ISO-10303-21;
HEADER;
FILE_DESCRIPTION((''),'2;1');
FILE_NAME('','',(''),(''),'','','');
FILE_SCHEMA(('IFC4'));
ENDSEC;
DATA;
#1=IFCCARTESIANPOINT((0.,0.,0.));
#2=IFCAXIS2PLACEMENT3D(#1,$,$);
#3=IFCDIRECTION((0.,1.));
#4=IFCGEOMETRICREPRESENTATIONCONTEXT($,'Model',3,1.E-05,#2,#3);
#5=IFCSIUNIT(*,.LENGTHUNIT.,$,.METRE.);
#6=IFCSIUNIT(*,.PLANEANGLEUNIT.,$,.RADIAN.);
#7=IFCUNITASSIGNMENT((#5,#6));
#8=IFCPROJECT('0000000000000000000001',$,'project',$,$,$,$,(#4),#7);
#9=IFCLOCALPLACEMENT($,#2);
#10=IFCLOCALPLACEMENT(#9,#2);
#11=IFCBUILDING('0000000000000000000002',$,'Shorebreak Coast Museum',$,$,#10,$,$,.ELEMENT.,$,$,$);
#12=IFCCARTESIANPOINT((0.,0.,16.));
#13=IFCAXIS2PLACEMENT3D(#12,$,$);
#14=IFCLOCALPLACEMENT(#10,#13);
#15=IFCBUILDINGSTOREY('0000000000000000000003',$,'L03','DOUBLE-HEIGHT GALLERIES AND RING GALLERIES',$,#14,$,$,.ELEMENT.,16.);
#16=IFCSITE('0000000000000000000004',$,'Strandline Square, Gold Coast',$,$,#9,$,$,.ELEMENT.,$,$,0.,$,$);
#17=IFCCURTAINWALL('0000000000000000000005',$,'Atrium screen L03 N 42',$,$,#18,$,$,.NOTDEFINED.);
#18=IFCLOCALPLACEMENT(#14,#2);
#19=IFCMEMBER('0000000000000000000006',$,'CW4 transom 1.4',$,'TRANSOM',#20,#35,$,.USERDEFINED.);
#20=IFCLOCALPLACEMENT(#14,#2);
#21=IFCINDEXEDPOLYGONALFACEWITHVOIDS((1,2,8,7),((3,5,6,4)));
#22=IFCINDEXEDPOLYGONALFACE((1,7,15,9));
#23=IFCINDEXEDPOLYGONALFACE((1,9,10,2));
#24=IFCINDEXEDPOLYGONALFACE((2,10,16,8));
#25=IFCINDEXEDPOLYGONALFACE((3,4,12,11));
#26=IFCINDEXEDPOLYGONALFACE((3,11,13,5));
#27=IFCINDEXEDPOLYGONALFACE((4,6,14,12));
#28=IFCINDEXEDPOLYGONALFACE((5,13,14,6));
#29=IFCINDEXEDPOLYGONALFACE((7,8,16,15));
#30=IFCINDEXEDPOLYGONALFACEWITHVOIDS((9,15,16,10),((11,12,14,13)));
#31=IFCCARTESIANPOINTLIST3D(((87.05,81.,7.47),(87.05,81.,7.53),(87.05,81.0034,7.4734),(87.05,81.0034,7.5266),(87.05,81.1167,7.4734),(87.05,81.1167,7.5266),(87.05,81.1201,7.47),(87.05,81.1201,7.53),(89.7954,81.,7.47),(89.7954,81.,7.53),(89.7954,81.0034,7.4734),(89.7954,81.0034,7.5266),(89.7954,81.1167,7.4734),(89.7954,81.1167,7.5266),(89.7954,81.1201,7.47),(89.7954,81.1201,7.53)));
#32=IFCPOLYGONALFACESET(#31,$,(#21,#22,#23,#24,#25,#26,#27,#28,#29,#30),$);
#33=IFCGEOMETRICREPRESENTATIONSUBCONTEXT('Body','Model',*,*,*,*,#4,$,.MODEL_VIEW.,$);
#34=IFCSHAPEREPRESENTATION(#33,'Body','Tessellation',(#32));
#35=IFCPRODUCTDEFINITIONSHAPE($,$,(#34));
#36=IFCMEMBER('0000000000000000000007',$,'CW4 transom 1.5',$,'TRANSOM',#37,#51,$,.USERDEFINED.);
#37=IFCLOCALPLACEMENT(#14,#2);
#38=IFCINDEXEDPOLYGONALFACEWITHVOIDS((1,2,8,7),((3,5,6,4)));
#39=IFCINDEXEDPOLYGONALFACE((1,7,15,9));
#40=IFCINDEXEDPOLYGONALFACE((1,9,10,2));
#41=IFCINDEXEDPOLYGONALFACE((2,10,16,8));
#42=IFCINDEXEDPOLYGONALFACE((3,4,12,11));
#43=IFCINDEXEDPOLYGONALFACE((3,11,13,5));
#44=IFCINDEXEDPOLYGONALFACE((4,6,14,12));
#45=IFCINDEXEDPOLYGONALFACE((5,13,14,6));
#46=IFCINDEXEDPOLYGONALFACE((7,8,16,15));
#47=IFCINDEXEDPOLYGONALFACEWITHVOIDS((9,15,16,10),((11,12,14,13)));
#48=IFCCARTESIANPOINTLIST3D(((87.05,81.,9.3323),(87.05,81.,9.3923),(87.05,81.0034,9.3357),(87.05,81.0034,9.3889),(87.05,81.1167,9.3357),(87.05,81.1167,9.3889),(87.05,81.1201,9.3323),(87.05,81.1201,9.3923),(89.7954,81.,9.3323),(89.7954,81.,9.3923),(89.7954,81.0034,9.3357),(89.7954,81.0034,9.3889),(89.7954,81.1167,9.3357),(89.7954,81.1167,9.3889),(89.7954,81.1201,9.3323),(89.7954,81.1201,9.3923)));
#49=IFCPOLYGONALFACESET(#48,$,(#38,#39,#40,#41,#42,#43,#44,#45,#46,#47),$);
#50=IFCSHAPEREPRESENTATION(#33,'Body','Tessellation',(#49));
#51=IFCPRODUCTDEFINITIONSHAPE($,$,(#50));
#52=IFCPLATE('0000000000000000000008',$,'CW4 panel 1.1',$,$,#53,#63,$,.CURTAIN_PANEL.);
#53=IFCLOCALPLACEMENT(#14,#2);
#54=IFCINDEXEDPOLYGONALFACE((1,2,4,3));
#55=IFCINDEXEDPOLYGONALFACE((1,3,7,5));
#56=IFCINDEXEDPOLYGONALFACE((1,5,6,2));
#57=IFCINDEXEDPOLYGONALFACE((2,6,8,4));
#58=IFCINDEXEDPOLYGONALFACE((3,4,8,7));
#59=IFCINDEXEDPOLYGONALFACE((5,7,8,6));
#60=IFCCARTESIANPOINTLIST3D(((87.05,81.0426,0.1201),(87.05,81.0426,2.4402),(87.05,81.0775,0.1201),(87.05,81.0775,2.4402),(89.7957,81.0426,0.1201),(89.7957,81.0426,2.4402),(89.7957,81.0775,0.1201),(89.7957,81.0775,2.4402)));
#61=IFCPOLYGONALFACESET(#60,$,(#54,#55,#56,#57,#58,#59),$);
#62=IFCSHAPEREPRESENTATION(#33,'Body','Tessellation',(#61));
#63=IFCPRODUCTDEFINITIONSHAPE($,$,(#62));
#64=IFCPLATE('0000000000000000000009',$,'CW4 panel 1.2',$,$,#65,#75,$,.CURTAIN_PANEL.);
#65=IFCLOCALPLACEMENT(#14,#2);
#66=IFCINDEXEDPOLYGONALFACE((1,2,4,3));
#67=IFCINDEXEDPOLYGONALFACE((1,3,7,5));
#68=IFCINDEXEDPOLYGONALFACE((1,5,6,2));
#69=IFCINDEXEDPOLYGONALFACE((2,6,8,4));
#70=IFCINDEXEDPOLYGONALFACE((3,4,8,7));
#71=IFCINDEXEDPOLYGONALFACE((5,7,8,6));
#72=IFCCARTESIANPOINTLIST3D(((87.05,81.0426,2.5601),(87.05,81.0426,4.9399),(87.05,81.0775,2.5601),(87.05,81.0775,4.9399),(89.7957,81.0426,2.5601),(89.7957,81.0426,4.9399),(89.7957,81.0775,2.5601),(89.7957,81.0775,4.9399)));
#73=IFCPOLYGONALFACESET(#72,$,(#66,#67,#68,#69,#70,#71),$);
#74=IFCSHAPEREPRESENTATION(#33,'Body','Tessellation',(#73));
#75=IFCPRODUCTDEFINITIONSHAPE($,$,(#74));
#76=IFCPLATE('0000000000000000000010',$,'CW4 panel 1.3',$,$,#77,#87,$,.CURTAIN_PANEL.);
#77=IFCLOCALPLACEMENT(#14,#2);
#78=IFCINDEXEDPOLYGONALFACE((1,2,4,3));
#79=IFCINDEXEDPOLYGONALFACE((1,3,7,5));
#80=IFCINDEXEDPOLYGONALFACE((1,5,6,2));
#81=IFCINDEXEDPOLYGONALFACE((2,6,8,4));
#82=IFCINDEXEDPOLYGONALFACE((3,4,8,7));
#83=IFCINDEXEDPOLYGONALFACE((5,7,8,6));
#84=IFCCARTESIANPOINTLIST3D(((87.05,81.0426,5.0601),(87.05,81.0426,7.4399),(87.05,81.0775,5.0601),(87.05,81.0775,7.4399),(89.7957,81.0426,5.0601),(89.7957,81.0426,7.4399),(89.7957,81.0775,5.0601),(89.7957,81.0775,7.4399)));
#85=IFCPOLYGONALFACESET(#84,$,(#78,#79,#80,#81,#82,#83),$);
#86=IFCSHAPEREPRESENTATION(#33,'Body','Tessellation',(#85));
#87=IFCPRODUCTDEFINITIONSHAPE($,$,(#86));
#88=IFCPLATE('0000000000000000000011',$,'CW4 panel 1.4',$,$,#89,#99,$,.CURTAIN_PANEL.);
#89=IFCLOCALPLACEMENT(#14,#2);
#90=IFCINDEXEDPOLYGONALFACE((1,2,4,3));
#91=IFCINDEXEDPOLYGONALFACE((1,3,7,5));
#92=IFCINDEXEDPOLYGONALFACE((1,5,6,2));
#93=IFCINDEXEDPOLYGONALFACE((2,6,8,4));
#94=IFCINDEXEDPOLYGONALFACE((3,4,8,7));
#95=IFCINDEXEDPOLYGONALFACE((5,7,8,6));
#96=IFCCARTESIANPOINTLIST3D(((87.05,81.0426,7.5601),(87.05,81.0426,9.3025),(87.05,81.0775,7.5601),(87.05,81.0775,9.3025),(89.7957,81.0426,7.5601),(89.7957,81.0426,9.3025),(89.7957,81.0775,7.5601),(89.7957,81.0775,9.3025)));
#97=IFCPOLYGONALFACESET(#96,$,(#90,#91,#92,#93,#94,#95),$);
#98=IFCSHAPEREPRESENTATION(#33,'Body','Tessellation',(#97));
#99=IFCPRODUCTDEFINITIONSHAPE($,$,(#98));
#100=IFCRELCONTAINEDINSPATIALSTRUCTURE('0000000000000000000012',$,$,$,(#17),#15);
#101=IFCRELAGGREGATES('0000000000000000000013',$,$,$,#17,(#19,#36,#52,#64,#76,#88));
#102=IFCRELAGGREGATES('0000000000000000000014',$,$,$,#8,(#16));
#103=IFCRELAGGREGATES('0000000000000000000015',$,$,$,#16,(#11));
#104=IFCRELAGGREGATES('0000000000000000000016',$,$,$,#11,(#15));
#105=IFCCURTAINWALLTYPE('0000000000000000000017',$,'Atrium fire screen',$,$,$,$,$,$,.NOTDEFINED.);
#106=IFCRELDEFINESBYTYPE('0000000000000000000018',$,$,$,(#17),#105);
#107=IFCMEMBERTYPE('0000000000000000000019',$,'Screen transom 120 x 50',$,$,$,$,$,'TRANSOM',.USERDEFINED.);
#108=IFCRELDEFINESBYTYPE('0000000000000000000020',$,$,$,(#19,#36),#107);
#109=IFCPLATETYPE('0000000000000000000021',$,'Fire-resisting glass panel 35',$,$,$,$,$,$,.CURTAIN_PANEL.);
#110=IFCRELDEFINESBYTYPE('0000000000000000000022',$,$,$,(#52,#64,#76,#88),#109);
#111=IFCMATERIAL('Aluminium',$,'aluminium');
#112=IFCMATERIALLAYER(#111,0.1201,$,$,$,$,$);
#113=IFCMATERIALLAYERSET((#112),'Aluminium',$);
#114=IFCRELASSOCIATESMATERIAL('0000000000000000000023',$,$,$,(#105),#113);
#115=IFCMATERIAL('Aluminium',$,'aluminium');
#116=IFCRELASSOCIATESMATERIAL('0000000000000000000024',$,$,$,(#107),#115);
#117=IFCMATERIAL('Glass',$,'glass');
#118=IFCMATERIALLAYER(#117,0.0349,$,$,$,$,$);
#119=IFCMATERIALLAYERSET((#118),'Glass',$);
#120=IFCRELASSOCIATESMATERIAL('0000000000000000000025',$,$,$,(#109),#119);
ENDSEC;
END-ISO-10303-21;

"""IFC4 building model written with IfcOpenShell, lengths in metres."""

from ifc_helpers import new_model, si_unit, direction, frame, origin, origin_2d, place, context, subcontext, project, spatial, rectangle, hollow_rectangle, extrude, material, layer, layer_set, material_profile, profile_set, type_object, element, aggregate, save


model = new_model("IFC4")

# Units and contexts
model_context = context("Model", 3, precision=1e-05, world=origin(), true_north=direction((0.0, 1.0)))
body_context = subcontext(model_context, "Body", "Model", "MODEL_VIEW")
ifc_project = project(units=[si_unit("LENGTHUNIT", "METRE"), si_unit("PLANEANGLEUNIT", "RADIAN")], contexts=[model_context])

# Site, building, storey
site_placement = place(None, origin())
site = spatial("IfcSite", under=ifc_project, at=site_placement, Name="Strandline Square, Gold Coast", CompositionType="ELEMENT", RefElevation=0.0)
building_placement = place(site_placement, origin())
building = spatial("IfcBuilding", under=site, at=building_placement, Name="Shorebreak Coast Museum", CompositionType="ELEMENT")
storey_placement = place(building_placement, frame((0.0, 0.0, 16.0)))
storey = spatial("IfcBuildingStorey", under=building, at=storey_placement, Name="L03", Description="DOUBLE-HEIGHT GALLERIES AND RING GALLERIES", CompositionType="ELEMENT", Elevation=16.0)

# Shared definitions
ifc_material_1 = material(Name="Aluminium", Category="aluminium")
ifc_layer_1 = layer(ifc_material_1, 0.1201)
ifc_layer_set_1 = layer_set([ifc_layer_1], Name="Aluminium")
curtain_wall_type = type_object("IfcCurtainWallType", Name="Atrium fire screen", PredefinedType="NOTDEFINED", material=ifc_layer_set_1)

# Curtain wall, members, plates
curtain_wall_1_placement = place(storey_placement, origin())
curtain_wall_1 = element("IfcCurtainWall", 1, at=curtain_wall_1_placement, inside=storey, type_object=curtain_wall_type, Name="Atrium screen L03 N 42", PredefinedType="NOTDEFINED")
ifc_material_2 = material(Name="Aluminium", Category="aluminium")
ifc_material_profile_1 = material_profile(ifc_material_2, hollow_rectangle(XDim=0.1201, YDim=0.0601, WallThickness=0.0034, at=origin_2d()), Name="AL 60x120 RHS")
ifc_profile_set_1 = profile_set([ifc_material_profile_1], Name="Aluminium")
member_type_1 = type_object("IfcMemberType", Name="Screen transom 120 x 50", ElementType="TRANSOM", PredefinedType="USERDEFINED", material=ifc_profile_set_1)
member_1_placement = place(storey_placement, frame((87.05, 81.0601, 7.5), z_axis=(1.0, 0.0, 0.0), x_axis=(0.0, 1.0, 0.0)))
member_1 = element("IfcMember", 2, at=member_1_placement, type_object=member_type_1, Name="CW4 transom 1.4", ObjectType="TRANSOM", PredefinedType="USERDEFINED", context=body_context, shape_type="SweptSolid", body=[
    extrude(hollow_rectangle(XDim=0.1201, YDim=0.0601, WallThickness=0.0034, at=origin_2d()), origin(), (0.0, 0.0, 1.0), 2.7454),
])
member_2_placement = place(storey_placement, frame((87.05, 81.0601, 9.3623), z_axis=(1.0, 0.0, 0.0), x_axis=(0.0, 1.0, 0.0)))
member_2 = element("IfcMember", 3, at=member_2_placement, type_object=member_type_1, Name="CW4 transom 1.5", ObjectType="TRANSOM", PredefinedType="USERDEFINED", context=body_context, shape_type="SweptSolid", body=[
    extrude(hollow_rectangle(XDim=0.1201, YDim=0.0601, WallThickness=0.0034, at=origin_2d()), origin(), (0.0, 0.0, 1.0), 2.7454),
])
ifc_material_3 = material(Name="Glass", Category="glass")
ifc_layer_2 = layer(ifc_material_3, 0.0349)
ifc_layer_set_2 = layer_set([ifc_layer_2], Name="Glass")
plate_type = type_object("IfcPlateType", Name="Fire-resisting glass panel 35", PredefinedType="CURTAIN_PANEL", material=ifc_layer_set_2)
plate_1_placement = place(storey_placement, frame((88.4229, 81.0601, 0.1201), z_axis=(0.0, 0.0, 1.0), x_axis=(1.0, 0.0, 0.0)))
plate_1 = element("IfcPlate", 4, at=plate_1_placement, type_object=plate_type, Name="CW4 panel 1.1", PredefinedType="CURTAIN_PANEL", context=body_context, shape_type="SweptSolid", body=[
    extrude(rectangle(XDim=2.7456, YDim=0.0349, at=origin_2d()), origin(), (0.0, 0.0, 1.0), 2.3201),
])
plate_2_placement = place(storey_placement, frame((88.4229, 81.0601, 2.5601), z_axis=(0.0, 0.0, 1.0), x_axis=(1.0, 0.0, 0.0)))
plate_2 = element("IfcPlate", 5, at=plate_2_placement, type_object=plate_type, Name="CW4 panel 1.2", PredefinedType="CURTAIN_PANEL", context=body_context, shape_type="SweptSolid", body=[
    extrude(rectangle(XDim=2.7456, YDim=0.0349, at=origin_2d()), origin(), (0.0, 0.0, 1.0), 2.3799),
])
plate_3_placement = place(storey_placement, frame((88.4229, 81.0601, 5.0601), z_axis=(0.0, 0.0, 1.0), x_axis=(1.0, 0.0, 0.0)))
plate_3 = element("IfcPlate", 6, at=plate_3_placement, type_object=plate_type, Name="CW4 panel 1.3", PredefinedType="CURTAIN_PANEL", context=body_context, shape_type="SweptSolid", body=[
    extrude(rectangle(XDim=2.7456, YDim=0.0349, at=origin_2d()), origin(), (0.0, 0.0, 1.0), 2.3799),
])
plate_4_placement = place(storey_placement, frame((88.4229, 81.0601, 7.5601), z_axis=(0.0, 0.0, 1.0), x_axis=(1.0, 0.0, 0.0)))
plate_4 = element("IfcPlate", 7, at=plate_4_placement, type_object=plate_type, Name="CW4 panel 1.4", PredefinedType="CURTAIN_PANEL", context=body_context, shape_type="SweptSolid", body=[
    extrude(rectangle(XDim=2.7456, YDim=0.0349, at=origin_2d()), origin(), (0.0, 0.0, 1.0), 1.7424),
])
aggregate(curtain_wall_1, [member_1, member_2, plate_1, plate_2, plate_3, plate_4])

save(model, "model.ifc")
